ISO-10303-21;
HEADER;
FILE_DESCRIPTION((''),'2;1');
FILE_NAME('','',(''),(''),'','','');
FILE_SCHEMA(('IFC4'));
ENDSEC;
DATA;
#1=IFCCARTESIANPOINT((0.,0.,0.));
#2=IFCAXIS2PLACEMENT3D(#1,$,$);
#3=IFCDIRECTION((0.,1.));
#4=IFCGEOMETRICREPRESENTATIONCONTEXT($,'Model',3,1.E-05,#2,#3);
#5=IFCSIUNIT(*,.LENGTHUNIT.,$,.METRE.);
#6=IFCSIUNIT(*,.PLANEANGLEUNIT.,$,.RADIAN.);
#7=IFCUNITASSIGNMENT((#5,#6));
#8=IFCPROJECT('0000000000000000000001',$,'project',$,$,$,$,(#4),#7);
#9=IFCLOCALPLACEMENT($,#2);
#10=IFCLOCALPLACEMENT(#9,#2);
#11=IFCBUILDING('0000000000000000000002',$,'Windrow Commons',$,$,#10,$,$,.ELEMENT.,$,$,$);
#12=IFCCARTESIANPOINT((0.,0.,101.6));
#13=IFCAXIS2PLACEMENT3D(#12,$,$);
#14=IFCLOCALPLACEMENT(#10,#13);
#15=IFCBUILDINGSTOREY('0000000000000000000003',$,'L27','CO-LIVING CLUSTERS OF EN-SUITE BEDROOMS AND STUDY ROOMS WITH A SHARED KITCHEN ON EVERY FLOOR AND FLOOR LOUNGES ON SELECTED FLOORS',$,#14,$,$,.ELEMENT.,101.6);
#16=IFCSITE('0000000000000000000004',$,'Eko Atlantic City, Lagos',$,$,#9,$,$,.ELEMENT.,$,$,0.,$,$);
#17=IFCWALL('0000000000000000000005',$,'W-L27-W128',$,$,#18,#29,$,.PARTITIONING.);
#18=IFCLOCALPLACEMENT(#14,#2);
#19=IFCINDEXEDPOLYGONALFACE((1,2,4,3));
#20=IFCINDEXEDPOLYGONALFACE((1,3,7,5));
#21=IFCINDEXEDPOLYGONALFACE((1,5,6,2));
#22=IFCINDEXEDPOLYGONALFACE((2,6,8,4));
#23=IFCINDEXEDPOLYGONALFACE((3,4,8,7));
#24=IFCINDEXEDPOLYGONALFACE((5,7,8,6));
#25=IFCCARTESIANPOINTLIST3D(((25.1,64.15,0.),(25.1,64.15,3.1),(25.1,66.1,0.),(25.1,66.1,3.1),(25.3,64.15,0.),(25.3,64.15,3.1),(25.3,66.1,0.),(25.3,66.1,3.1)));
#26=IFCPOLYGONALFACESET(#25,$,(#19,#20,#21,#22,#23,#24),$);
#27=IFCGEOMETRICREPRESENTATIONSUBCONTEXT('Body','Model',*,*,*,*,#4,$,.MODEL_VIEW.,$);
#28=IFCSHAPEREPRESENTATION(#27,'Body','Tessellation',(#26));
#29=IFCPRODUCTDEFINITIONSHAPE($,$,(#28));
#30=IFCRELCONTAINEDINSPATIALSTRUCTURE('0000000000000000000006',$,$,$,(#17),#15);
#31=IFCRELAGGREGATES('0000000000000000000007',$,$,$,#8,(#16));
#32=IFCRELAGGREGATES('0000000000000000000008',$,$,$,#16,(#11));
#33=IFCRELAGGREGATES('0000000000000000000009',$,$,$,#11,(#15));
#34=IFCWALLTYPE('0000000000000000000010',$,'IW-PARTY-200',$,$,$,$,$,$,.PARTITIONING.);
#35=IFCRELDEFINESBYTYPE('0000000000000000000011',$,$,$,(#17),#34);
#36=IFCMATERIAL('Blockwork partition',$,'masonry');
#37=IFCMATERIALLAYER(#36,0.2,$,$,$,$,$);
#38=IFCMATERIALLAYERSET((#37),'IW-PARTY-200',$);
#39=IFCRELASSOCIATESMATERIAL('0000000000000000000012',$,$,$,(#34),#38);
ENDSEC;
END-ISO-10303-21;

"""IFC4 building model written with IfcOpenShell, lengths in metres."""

from ifc_helpers import new_model, si_unit, direction, frame, frame_2d, origin, place, context, subcontext, project, spatial, rectangle, extrude, material, layer, layer_set, type_object, element, save


model = new_model("IFC4")

# Units and contexts
model_context = context("Model", 3, precision=1e-05, world=origin(), true_north=direction((0.0, 1.0)))
body_context = subcontext(model_context, "Body", "Model", "MODEL_VIEW")
ifc_project = project(units=[si_unit("LENGTHUNIT", "METRE"), si_unit("PLANEANGLEUNIT", "RADIAN")], contexts=[model_context])

# Site, building, storey
site_placement = place(None, origin())
site = spatial("IfcSite", under=ifc_project, at=site_placement, Name="Eko Atlantic City, Lagos", CompositionType="ELEMENT", RefElevation=0.0)
building_placement = place(site_placement, origin())
building = spatial("IfcBuilding", under=site, at=building_placement, Name="Windrow Commons", CompositionType="ELEMENT")
storey_placement = place(building_placement, frame((0.0, 0.0, 101.6)))
storey = spatial("IfcBuildingStorey", under=building, at=storey_placement, Name="L27", Description="CO-LIVING CLUSTERS OF EN-SUITE BEDROOMS AND STUDY ROOMS WITH A SHARED KITCHEN ON EVERY FLOOR AND FLOOR LOUNGES ON SELECTED FLOORS", CompositionType="ELEMENT", Elevation=101.6)

# Wall
ifc_material_1 = material(Name="Blockwork partition", Category="masonry")
ifc_layer_1 = layer(ifc_material_1, 0.2)
ifc_layer_set_1 = layer_set([ifc_layer_1], Name="IW-PARTY-200")
wall_type_1 = type_object("IfcWallType", Name="IW-PARTY-200", PredefinedType="PARTITIONING", material=ifc_layer_set_1)
wall_1_placement = place(storey_placement, frame((25.2, 64.15, 0.0), z_axis=(0.0, 0.0, 1.0), x_axis=(0.0, 1.0, 0.0)))
element("IfcWall", 1, at=wall_1_placement, inside=storey, type_object=wall_type_1, Name="W-L27-W128", PredefinedType="PARTITIONING", context=body_context, shape_type="SweptSolid", body=[
    extrude(rectangle(XDim=1.95, YDim=0.2, at=frame_2d((0.975, 0.0))), origin(), (0.0, 0.0, 1.0), 3.1),
])

save(model, "model.ifc")
